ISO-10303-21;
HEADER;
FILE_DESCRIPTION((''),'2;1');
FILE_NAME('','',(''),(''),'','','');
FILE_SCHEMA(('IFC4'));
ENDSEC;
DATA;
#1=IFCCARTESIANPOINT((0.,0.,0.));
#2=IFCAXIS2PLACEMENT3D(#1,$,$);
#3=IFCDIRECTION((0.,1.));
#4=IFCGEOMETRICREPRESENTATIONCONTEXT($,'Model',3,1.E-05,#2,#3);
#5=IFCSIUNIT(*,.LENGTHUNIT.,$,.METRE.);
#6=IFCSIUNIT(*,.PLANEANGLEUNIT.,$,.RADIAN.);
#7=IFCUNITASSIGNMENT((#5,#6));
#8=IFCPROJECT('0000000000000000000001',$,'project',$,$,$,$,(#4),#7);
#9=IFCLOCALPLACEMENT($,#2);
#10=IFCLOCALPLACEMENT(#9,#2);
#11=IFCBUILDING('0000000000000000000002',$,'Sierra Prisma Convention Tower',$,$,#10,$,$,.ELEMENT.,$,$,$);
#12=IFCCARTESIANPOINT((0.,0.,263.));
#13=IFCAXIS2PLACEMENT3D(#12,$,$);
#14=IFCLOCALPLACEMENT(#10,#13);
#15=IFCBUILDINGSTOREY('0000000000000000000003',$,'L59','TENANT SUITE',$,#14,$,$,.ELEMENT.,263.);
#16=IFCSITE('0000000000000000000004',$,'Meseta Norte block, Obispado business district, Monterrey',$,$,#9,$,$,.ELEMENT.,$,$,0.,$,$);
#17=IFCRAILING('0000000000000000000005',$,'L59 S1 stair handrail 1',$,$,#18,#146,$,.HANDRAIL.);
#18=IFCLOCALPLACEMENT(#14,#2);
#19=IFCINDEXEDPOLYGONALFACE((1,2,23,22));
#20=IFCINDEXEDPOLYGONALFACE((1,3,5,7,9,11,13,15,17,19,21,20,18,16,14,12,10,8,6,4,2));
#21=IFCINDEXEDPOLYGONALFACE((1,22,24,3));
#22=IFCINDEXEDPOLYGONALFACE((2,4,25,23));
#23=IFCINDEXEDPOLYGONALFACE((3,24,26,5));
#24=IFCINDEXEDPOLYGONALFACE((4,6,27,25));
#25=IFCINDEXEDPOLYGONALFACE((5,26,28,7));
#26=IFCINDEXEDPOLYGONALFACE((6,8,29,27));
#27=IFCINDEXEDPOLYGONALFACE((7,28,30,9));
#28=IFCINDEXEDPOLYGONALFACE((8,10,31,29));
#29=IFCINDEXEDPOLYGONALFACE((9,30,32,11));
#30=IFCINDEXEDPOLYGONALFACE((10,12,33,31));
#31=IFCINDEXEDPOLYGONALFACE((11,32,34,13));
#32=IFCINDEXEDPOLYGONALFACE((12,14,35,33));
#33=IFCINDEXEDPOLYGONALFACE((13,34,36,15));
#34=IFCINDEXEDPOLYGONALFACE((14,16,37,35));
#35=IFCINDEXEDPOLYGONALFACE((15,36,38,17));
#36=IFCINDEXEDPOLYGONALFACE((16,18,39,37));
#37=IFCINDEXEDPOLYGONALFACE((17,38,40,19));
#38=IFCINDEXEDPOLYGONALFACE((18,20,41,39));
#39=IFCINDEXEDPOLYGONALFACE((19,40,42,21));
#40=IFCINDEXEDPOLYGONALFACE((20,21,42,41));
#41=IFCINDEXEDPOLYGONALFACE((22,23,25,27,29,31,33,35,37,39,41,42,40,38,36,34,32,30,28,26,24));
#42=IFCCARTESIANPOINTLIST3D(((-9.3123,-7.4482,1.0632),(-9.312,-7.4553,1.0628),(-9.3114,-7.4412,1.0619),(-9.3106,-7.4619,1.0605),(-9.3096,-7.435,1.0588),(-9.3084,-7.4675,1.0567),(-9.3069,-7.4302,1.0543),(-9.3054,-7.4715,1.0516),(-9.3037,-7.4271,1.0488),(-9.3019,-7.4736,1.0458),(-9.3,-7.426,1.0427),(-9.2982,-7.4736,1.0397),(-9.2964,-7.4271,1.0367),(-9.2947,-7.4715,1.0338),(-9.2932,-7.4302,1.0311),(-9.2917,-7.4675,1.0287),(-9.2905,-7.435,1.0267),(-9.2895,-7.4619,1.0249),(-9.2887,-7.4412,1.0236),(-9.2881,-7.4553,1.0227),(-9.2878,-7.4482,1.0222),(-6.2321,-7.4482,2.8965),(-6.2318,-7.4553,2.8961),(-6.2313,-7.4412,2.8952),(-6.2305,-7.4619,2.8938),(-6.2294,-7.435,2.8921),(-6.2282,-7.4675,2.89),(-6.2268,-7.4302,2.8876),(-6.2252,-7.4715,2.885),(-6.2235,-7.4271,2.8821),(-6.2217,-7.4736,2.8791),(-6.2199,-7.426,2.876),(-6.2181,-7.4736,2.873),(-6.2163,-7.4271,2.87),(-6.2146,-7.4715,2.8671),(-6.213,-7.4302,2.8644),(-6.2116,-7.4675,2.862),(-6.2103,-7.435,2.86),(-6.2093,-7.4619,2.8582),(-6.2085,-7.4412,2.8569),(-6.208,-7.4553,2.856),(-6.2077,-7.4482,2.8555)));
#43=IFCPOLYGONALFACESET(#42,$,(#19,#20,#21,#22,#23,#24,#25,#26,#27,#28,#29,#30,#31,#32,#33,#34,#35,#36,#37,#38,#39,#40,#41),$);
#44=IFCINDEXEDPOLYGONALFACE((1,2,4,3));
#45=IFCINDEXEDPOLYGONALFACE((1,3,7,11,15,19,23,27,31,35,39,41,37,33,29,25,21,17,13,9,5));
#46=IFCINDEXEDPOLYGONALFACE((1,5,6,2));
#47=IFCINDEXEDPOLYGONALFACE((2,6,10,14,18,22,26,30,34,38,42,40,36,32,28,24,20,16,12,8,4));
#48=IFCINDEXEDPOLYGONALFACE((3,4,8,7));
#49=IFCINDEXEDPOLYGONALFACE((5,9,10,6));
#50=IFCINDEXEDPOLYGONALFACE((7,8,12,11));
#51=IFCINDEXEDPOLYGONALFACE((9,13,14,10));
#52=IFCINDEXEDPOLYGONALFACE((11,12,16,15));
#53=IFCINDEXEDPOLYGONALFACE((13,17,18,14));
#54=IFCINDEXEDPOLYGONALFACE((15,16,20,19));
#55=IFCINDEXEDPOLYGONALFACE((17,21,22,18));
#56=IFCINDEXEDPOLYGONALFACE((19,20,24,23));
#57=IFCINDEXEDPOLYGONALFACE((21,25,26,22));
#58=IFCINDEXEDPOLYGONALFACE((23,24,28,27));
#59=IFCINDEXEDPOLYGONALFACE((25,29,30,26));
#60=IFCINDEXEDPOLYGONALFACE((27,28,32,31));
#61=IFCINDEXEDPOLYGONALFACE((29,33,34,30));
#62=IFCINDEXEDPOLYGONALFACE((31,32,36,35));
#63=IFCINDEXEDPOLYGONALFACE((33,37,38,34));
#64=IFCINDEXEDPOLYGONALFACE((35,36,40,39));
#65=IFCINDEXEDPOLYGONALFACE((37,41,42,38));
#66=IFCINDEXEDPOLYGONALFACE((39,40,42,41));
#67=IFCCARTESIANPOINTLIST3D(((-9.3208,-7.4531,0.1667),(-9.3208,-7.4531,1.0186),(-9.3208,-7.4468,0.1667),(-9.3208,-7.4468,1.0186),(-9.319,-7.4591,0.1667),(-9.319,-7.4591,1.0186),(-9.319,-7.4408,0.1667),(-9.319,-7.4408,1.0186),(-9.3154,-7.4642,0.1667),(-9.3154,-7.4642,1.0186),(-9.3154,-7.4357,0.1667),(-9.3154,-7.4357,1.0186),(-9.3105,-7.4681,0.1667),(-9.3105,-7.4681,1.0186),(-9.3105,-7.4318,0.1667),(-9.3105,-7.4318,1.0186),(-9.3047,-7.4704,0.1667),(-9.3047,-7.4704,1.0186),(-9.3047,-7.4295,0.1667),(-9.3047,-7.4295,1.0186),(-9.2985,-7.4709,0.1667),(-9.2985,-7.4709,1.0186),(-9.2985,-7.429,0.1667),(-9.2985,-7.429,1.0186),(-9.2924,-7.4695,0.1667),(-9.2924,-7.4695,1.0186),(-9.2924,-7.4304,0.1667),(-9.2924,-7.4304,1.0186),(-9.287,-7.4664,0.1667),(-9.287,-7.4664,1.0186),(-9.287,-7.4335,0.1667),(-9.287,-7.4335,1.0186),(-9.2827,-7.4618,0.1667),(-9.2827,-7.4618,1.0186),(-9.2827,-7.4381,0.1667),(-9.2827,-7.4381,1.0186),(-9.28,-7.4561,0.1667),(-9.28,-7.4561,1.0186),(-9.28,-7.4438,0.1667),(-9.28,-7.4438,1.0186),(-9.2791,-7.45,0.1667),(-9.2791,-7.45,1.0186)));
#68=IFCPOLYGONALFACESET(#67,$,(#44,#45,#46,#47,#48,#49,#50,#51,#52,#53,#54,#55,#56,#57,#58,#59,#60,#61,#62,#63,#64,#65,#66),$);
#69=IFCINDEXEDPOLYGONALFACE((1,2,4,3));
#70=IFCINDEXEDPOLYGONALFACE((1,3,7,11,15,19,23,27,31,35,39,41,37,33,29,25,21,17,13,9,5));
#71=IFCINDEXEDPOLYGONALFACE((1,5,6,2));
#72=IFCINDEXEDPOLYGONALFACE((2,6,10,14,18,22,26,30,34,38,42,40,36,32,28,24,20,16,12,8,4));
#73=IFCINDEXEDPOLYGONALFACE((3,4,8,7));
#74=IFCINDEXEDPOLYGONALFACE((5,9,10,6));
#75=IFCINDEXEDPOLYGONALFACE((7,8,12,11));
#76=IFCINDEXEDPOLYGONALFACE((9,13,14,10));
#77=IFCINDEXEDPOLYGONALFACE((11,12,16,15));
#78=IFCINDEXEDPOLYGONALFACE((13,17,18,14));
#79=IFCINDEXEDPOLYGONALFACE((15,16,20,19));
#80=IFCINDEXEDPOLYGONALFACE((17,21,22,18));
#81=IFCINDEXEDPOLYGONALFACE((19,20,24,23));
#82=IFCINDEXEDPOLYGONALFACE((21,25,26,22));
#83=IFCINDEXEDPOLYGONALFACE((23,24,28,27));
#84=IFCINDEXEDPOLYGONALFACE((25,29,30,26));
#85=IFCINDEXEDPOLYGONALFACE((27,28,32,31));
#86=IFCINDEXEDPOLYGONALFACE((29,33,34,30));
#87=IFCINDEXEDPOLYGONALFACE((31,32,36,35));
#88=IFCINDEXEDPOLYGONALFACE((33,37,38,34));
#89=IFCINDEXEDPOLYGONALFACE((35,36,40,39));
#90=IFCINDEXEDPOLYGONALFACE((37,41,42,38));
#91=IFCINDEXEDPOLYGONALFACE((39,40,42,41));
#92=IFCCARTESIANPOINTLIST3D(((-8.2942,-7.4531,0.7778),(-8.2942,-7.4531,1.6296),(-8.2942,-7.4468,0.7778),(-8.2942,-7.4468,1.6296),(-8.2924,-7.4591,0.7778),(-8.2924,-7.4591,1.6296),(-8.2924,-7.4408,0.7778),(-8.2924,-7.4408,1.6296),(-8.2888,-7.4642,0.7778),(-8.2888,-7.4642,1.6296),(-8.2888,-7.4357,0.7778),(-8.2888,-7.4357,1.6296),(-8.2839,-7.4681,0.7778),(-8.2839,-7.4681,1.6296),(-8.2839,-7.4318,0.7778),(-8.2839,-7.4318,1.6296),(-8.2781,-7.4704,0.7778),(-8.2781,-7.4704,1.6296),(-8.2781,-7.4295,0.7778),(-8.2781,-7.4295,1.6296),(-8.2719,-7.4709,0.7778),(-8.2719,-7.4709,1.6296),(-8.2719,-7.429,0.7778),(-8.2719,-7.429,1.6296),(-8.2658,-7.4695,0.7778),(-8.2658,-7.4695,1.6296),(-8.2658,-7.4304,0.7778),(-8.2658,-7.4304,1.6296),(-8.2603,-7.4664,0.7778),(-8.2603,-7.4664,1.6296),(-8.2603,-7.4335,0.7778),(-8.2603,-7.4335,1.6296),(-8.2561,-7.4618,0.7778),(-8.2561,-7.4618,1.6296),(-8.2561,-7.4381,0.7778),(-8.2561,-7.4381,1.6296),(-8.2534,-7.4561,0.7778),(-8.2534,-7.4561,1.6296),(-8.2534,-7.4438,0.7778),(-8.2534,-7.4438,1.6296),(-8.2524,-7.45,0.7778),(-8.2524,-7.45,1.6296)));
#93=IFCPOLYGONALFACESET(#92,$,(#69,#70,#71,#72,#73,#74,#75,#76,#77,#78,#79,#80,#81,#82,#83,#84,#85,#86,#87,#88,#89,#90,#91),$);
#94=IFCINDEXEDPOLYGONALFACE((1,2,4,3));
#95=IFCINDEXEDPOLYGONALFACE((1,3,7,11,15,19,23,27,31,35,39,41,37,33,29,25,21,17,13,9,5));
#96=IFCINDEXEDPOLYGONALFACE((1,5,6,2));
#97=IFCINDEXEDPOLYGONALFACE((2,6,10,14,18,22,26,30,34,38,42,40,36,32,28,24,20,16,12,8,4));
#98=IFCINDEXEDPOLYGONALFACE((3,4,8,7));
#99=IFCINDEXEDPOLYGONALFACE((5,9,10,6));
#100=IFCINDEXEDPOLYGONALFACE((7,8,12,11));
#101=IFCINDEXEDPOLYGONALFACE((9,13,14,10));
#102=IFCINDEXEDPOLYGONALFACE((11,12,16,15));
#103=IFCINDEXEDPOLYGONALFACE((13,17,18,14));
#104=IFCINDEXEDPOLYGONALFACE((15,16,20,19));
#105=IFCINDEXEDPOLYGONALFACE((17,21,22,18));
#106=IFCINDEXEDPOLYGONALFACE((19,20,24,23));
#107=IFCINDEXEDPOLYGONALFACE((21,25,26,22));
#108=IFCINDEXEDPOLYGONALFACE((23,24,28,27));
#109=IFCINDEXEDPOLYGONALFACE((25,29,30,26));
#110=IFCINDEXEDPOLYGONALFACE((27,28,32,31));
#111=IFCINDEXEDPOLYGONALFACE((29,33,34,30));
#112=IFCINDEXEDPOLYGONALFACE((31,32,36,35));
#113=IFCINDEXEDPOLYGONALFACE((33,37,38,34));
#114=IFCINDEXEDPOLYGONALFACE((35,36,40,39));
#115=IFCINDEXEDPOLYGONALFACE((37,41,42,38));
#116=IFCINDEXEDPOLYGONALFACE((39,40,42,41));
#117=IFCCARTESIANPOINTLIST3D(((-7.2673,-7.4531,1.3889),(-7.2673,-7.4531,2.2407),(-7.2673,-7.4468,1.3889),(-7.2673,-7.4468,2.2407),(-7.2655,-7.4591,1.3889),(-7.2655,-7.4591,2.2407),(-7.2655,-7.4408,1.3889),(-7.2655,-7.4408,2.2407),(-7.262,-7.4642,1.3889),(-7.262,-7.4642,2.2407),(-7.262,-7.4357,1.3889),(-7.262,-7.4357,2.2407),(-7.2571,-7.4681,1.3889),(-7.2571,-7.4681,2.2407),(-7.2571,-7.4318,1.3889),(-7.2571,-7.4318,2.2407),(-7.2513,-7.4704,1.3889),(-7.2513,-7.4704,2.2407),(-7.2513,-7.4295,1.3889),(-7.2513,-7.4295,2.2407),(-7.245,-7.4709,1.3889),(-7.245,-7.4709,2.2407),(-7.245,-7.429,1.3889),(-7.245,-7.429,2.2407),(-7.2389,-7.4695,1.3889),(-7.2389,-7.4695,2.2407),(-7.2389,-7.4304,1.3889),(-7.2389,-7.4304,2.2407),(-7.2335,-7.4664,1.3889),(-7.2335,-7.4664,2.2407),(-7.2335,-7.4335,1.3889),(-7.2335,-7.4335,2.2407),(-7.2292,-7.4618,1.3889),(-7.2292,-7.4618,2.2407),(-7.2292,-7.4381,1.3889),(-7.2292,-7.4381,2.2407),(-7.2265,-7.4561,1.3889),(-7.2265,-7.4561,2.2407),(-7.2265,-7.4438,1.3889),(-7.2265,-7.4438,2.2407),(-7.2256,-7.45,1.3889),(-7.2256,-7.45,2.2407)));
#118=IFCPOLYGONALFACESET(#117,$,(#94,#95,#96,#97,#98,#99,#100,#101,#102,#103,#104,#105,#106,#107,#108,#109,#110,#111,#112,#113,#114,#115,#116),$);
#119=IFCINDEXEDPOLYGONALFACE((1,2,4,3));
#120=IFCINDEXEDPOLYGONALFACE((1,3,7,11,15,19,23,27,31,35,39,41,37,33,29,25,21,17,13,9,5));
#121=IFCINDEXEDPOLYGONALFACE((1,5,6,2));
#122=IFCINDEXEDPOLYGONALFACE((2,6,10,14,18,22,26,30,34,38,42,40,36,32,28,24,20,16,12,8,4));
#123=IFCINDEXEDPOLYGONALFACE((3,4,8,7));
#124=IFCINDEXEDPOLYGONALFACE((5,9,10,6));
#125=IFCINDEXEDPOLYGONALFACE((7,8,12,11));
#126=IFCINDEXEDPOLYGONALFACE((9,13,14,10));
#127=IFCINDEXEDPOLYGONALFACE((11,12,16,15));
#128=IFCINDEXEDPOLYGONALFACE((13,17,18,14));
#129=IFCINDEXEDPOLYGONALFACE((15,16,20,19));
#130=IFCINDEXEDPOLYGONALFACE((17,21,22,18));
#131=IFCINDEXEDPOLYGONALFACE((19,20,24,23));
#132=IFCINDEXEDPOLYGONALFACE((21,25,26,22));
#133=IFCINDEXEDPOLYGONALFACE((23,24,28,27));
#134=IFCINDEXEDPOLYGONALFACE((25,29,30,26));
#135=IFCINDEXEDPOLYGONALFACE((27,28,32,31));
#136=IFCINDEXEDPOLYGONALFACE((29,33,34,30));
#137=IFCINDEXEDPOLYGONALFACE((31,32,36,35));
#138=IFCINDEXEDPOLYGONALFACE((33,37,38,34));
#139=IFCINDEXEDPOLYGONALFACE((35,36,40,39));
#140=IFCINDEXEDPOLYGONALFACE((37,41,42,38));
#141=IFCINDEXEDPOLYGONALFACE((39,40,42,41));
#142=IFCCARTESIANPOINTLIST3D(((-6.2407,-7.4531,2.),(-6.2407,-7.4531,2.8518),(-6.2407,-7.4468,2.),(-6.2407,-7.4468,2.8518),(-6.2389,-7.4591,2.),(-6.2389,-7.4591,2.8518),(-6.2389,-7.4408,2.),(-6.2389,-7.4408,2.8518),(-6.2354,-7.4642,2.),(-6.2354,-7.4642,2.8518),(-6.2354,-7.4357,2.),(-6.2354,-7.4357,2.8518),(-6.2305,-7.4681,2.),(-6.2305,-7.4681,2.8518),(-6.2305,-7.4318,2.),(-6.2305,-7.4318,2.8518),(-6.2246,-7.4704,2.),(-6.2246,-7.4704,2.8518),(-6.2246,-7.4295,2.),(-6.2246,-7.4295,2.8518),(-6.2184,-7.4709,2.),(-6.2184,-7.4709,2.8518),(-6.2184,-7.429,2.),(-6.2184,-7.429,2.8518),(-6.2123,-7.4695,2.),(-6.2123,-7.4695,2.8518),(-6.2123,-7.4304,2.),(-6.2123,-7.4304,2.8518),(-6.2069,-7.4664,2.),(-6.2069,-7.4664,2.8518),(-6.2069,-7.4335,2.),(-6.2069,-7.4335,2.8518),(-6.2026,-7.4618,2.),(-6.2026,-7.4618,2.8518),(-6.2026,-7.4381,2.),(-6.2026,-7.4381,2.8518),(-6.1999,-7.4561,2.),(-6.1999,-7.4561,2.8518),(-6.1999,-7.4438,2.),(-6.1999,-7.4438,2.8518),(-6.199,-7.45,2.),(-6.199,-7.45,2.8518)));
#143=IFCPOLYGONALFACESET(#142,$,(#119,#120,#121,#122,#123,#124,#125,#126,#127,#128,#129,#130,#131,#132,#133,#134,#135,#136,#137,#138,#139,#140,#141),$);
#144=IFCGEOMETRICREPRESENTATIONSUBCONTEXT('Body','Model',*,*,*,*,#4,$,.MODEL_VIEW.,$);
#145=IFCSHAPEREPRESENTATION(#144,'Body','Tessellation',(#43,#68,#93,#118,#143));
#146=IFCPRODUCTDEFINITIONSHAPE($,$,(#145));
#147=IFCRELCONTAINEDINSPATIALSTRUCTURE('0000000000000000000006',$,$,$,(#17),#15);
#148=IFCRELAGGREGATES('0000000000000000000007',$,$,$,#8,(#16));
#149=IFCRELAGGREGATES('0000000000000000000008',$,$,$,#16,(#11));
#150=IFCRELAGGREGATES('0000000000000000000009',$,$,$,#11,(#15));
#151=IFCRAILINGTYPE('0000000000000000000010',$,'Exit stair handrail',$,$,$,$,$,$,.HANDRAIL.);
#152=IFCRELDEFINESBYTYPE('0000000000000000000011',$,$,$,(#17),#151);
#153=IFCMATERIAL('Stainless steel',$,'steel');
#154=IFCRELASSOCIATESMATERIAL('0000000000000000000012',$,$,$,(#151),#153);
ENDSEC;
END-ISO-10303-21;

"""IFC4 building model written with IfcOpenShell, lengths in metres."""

from ifc_helpers import new_model, si_unit, direction, frame, origin, origin_2d, place, context, subcontext, project, spatial, circle, extrude, material, type_object, element, save


model = new_model("IFC4")

# Units and contexts
model_context = context("Model", 3, precision=1e-05, world=origin(), true_north=direction((0.0, 1.0)))
body_context = subcontext(model_context, "Body", "Model", "MODEL_VIEW")
ifc_project = project(units=[si_unit("LENGTHUNIT", "METRE"), si_unit("PLANEANGLEUNIT", "RADIAN")], contexts=[model_context])

# Site, building, storey
site_placement = place(None, origin())
site = spatial("IfcSite", under=ifc_project, at=site_placement, Name="Meseta Norte block, Obispado business district, Monterrey", CompositionType="ELEMENT", RefElevation=0.0)
building_placement = place(site_placement, origin())
building = spatial("IfcBuilding", under=site, at=building_placement, Name="Sierra Prisma Convention Tower", CompositionType="ELEMENT")
storey_placement = place(building_placement, frame((0.0, 0.0, 263.0)))
storey = spatial("IfcBuildingStorey", under=building, at=storey_placement, Name="L59", Description="TENANT SUITE", CompositionType="ELEMENT", Elevation=263.0)

# Railing
ifc_material_1 = material(Name="Stainless steel", Category="steel")
railing_type_1 = type_object("IfcRailingType", Name="Exit stair handrail", PredefinedType="HANDRAIL", material=ifc_material_1)
railing_1_placement = place(storey_placement, frame((-9.3, -7.45, 0.1667)))
element("IfcRailing", 1, at=railing_1_placement, inside=storey, type_object=railing_type_1, Name="L59 S1 stair handrail 1", PredefinedType="HANDRAIL", context=body_context, shape_type="SweptSolid", body=[
    extrude(circle(Radius=0.0239, at=origin_2d()), frame((0.0, 0.0, 0.876), z_axis=(0.859309, 0.0, 0.511458), x_axis=(0.0, 1.0, 0.0)), (0.0, 0.0, 1.0), 3.5845),
    extrude(circle(Radius=0.021, at=origin_2d()), origin(), (0.0, 0.0, 1.0), 0.8518),
    extrude(circle(Radius=0.021, at=origin_2d()), frame((1.0266, 0.0, 0.6111)), (0.0, 0.0, 1.0), 0.8518),
    extrude(circle(Radius=0.021, at=origin_2d()), frame((2.0535, 0.0, 1.2222)), (0.0, 0.0, 1.0), 0.8518),
    extrude(circle(Radius=0.021, at=origin_2d()), frame((3.0801, 0.0, 1.8333)), (0.0, 0.0, 1.0), 0.8518),
])

save(model, "model.ifc")
